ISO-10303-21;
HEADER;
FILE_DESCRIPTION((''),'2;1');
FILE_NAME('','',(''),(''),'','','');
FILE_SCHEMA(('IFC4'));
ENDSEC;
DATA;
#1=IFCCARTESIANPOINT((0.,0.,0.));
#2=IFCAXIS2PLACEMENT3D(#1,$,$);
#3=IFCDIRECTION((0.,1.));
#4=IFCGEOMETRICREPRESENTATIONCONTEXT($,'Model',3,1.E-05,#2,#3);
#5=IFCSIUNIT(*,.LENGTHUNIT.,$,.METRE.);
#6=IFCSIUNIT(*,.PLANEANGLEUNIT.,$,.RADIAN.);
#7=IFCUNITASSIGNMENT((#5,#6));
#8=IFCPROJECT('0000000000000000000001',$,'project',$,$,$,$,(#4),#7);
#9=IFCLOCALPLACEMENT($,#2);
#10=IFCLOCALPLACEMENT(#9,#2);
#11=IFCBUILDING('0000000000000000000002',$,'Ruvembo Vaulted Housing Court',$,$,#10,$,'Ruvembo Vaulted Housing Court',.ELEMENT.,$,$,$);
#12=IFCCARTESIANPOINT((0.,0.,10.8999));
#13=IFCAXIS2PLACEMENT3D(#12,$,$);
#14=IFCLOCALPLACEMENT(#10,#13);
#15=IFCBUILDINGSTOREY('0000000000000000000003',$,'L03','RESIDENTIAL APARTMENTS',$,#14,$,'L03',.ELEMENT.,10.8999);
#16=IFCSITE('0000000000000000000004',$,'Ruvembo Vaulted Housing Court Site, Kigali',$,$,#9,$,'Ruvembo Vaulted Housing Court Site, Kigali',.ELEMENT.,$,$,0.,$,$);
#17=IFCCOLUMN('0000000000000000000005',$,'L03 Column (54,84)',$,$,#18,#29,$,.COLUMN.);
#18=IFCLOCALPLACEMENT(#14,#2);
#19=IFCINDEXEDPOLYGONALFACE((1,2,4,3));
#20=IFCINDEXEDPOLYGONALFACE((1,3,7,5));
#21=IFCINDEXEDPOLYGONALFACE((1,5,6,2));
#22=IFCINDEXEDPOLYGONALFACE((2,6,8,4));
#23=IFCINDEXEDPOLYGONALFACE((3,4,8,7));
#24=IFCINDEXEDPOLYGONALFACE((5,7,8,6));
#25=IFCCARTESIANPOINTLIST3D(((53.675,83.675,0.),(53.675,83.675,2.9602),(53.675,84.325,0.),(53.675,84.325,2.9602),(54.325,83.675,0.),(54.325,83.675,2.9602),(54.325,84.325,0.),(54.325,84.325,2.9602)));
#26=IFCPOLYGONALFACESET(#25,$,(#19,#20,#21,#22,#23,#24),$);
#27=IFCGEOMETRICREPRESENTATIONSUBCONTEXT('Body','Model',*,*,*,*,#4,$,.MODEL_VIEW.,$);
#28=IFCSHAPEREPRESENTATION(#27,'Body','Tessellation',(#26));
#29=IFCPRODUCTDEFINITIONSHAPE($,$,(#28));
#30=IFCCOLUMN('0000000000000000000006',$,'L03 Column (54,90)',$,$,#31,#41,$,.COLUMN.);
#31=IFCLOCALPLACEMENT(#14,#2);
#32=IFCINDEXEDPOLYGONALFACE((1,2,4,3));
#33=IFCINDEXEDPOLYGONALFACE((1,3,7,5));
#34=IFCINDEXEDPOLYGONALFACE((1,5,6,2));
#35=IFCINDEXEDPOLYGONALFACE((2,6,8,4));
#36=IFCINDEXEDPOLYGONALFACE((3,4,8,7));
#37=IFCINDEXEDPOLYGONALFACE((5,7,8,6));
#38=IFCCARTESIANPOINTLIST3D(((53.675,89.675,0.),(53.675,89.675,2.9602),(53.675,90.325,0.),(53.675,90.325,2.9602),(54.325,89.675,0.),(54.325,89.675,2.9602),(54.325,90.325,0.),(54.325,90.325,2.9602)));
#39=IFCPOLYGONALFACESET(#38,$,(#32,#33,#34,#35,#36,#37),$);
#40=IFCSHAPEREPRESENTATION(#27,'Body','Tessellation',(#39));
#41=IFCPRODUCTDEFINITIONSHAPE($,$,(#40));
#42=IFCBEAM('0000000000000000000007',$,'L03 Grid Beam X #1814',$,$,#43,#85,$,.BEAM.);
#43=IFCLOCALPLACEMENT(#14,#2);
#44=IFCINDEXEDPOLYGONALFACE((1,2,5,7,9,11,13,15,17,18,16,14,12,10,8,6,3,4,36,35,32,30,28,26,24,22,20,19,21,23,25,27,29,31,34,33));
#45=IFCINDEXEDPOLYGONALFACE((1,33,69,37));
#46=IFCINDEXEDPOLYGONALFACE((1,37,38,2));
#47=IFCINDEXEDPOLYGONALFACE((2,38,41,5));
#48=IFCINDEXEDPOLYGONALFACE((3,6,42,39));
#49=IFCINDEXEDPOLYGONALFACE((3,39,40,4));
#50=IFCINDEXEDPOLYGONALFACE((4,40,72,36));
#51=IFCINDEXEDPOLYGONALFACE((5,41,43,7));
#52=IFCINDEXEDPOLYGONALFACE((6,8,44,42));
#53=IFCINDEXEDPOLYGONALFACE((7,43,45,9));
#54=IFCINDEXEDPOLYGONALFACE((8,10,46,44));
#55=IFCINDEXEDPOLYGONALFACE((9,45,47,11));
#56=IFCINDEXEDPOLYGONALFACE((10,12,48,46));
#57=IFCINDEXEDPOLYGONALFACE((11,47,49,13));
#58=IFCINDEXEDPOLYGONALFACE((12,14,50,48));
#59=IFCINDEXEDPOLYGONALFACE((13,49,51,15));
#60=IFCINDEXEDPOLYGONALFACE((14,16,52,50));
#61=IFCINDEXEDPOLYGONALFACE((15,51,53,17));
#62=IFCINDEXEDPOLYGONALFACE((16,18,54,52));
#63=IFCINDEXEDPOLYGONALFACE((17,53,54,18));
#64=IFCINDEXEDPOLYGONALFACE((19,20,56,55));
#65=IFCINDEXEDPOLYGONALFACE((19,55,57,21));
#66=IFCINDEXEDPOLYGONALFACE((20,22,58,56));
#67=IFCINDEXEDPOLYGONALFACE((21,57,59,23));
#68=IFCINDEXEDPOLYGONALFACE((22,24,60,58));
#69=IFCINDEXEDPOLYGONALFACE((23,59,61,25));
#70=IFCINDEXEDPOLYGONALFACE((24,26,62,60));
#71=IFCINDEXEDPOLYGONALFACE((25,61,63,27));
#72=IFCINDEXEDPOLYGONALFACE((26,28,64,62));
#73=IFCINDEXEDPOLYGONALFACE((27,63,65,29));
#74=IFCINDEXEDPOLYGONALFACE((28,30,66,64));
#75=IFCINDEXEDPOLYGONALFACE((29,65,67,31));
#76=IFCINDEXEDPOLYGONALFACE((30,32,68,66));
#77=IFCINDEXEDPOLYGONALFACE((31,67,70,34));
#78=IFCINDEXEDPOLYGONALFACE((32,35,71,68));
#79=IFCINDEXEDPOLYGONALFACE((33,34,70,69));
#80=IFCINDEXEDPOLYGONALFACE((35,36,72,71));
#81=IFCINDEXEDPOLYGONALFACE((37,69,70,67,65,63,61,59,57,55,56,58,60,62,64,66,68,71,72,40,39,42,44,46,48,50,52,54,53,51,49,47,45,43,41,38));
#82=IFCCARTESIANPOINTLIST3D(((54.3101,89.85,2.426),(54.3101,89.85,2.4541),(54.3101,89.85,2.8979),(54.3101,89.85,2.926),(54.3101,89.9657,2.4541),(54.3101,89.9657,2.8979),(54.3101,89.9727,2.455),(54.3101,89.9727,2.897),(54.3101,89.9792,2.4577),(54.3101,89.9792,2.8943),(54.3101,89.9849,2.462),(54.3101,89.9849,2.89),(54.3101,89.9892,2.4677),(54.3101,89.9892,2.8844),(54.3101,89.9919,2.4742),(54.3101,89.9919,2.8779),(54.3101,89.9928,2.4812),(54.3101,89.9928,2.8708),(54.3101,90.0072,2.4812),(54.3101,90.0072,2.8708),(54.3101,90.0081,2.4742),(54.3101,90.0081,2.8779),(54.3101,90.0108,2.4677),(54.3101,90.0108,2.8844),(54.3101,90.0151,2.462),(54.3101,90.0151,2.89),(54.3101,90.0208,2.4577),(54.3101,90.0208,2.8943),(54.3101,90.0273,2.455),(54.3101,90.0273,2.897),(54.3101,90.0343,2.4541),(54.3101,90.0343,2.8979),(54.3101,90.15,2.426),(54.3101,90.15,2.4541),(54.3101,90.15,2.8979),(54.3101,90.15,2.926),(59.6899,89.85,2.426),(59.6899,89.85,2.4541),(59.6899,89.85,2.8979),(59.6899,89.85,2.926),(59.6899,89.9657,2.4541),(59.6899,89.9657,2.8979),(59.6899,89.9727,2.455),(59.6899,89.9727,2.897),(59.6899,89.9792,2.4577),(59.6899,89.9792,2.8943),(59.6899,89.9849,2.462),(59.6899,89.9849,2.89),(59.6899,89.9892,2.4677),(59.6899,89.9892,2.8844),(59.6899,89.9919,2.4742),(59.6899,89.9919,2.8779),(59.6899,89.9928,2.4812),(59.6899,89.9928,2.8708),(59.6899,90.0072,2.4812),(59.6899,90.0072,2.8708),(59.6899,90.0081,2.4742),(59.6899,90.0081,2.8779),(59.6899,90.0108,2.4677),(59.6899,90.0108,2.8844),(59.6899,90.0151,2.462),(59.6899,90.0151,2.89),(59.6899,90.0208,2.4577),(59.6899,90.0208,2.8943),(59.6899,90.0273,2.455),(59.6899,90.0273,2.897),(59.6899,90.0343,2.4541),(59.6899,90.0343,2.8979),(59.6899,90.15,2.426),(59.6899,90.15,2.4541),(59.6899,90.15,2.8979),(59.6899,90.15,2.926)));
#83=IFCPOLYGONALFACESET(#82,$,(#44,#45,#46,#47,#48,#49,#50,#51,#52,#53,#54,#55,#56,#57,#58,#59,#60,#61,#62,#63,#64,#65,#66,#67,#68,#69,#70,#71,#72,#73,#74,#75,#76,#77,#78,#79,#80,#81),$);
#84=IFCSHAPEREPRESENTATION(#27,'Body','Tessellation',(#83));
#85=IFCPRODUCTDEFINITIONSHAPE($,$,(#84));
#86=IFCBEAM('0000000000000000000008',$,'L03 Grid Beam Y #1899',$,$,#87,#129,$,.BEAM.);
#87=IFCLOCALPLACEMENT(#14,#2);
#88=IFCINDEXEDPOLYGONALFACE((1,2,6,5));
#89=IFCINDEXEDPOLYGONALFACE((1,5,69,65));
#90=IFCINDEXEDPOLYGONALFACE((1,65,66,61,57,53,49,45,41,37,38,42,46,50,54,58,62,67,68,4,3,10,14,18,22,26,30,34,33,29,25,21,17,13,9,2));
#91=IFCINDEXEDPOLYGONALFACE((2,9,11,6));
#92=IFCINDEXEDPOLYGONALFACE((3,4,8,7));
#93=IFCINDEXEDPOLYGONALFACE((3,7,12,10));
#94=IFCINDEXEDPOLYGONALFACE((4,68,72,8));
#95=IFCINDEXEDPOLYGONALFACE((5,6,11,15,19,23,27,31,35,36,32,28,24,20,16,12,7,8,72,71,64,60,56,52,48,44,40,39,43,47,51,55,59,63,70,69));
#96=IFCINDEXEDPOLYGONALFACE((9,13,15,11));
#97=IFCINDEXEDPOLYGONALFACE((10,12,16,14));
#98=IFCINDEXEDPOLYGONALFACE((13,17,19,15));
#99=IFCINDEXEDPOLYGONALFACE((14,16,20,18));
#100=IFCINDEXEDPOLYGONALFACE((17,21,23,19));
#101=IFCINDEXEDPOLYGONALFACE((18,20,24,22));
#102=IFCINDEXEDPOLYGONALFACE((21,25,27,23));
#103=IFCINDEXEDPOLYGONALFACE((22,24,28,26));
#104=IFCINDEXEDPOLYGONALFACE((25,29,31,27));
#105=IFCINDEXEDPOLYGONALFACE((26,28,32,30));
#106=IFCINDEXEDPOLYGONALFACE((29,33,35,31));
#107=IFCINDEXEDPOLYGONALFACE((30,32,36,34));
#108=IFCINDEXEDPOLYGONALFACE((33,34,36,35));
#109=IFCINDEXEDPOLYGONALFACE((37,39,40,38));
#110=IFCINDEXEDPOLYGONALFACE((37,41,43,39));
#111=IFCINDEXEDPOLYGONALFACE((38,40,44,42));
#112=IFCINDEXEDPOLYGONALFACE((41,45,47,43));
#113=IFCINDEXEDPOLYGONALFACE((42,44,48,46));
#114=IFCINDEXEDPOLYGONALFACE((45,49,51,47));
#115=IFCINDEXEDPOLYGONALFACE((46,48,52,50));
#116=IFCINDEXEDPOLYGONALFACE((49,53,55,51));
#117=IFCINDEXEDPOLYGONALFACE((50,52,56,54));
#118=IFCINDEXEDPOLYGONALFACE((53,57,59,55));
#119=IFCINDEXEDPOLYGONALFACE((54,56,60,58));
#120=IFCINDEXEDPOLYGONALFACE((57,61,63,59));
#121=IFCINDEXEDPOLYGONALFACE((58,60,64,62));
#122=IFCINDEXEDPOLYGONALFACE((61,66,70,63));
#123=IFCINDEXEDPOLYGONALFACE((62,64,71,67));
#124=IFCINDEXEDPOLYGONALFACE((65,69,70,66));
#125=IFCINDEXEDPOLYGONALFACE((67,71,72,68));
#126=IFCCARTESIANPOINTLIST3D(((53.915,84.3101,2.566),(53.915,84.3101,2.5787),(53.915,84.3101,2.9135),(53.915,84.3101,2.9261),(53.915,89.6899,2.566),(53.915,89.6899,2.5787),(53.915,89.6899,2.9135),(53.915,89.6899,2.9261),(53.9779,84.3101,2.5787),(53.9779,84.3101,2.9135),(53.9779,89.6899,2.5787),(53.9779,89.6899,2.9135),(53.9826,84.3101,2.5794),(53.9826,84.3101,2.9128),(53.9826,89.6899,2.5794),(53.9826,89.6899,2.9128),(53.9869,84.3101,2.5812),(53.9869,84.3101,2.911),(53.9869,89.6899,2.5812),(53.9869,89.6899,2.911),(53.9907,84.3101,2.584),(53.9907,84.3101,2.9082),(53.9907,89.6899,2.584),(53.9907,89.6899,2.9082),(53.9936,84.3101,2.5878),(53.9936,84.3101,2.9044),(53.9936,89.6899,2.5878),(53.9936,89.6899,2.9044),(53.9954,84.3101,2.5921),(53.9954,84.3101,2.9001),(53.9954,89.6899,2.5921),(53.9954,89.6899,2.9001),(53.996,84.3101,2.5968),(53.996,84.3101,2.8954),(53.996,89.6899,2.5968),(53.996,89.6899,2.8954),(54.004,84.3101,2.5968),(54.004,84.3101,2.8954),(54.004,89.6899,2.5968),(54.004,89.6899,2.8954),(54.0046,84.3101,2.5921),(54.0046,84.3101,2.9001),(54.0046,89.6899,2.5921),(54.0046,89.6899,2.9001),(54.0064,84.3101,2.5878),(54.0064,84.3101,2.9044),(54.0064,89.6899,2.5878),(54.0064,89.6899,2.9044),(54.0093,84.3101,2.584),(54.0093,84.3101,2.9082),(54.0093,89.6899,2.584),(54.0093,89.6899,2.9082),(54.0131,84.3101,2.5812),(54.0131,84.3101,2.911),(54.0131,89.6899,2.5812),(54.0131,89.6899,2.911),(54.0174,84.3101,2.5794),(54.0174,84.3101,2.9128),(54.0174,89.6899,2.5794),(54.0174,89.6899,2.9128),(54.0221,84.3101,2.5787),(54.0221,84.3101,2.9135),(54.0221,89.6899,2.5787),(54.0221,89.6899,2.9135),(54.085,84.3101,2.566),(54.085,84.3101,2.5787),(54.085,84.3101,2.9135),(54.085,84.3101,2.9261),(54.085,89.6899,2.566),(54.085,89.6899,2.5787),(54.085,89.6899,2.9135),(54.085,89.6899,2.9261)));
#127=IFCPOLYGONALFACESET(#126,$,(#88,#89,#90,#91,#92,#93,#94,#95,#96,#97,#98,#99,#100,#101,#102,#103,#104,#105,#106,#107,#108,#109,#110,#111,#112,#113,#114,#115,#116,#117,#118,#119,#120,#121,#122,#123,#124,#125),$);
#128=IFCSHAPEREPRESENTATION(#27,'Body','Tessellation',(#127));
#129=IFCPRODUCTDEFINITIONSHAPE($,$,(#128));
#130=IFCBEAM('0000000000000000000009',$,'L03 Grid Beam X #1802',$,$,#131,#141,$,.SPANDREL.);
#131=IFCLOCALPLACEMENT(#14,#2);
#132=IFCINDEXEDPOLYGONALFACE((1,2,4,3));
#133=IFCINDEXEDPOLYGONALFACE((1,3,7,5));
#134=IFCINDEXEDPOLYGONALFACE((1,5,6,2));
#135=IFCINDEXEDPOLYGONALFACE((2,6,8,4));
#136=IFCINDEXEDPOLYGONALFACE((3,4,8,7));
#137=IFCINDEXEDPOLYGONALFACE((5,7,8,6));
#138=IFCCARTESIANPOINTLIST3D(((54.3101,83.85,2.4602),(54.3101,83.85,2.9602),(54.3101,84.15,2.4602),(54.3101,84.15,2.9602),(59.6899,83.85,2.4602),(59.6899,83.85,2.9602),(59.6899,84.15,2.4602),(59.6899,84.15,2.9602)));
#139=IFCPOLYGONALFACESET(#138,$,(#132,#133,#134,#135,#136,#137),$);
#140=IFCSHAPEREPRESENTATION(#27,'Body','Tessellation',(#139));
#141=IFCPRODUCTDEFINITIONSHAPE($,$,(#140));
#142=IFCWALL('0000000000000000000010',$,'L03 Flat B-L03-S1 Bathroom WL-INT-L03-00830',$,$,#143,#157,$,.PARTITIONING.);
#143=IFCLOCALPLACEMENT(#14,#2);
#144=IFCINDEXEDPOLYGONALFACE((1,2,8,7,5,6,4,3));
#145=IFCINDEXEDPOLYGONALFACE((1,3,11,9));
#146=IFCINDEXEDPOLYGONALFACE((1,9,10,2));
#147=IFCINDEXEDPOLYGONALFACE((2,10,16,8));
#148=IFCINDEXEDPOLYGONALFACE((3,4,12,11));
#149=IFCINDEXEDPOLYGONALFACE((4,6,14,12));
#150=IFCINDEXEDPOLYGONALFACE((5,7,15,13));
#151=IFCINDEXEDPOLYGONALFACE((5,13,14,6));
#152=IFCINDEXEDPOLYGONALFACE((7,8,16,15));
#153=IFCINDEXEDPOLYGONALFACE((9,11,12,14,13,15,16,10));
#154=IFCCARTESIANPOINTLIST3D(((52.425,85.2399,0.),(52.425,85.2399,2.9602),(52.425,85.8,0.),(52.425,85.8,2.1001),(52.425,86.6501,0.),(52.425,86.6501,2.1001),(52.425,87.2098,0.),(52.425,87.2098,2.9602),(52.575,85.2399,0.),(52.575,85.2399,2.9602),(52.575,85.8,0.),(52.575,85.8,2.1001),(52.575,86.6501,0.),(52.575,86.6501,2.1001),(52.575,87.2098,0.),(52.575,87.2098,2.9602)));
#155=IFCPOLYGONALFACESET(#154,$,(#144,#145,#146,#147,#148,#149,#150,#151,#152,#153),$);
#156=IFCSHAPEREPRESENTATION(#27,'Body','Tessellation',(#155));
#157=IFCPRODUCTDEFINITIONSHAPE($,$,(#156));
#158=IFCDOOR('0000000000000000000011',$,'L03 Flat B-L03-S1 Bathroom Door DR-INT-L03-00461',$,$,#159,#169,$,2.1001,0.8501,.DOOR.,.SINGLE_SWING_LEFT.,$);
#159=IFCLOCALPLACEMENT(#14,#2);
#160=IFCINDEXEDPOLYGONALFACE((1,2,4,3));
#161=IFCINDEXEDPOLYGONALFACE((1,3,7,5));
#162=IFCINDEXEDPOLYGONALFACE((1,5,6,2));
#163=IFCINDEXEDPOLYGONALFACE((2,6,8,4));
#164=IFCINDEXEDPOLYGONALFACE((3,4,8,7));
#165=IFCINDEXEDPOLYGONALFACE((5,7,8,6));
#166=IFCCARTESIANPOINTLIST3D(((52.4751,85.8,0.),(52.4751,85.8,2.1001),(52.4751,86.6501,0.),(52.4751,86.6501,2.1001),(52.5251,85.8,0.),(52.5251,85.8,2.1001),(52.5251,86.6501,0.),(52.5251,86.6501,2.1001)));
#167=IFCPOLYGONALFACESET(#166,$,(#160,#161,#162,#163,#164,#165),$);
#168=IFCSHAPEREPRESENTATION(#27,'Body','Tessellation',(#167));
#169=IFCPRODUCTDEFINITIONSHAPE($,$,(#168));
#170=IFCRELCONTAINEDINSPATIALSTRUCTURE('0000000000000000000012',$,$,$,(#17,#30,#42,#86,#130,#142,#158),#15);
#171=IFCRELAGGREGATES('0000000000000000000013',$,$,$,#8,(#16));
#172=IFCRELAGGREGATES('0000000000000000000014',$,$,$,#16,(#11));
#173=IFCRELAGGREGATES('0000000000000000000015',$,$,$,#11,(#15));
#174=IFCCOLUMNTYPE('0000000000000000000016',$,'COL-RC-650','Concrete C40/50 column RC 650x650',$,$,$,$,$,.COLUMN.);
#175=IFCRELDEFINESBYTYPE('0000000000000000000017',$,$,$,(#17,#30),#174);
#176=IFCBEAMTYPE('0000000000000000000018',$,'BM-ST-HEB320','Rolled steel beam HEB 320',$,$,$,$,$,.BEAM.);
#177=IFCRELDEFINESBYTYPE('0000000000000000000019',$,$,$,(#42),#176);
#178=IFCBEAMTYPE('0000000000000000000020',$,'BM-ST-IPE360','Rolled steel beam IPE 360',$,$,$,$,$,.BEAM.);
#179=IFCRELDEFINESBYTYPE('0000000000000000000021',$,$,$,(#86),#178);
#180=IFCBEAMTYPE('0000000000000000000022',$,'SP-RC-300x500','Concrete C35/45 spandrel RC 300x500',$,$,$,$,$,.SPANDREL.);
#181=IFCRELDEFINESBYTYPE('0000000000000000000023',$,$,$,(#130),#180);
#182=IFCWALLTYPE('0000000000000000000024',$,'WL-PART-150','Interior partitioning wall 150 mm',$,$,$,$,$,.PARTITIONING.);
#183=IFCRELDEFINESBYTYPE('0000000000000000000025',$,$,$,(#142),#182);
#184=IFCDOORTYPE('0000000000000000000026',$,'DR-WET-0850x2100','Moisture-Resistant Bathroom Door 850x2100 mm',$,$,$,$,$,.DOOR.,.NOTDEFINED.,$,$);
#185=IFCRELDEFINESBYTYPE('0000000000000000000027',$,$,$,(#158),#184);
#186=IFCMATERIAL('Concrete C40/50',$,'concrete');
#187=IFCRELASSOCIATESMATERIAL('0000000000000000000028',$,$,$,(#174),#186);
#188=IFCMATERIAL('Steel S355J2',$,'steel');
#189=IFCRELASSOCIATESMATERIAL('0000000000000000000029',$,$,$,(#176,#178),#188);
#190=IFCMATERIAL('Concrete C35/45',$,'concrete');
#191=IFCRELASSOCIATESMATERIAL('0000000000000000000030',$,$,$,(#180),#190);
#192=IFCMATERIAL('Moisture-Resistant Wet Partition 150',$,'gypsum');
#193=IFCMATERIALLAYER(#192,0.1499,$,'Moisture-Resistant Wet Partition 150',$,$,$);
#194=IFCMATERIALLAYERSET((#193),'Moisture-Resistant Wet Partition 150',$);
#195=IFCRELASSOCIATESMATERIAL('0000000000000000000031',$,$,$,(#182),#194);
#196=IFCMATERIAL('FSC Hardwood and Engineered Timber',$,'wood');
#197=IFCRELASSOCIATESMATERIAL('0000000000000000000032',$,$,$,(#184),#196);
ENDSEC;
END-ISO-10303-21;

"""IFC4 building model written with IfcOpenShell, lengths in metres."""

from ifc_helpers import new_model, si_unit, direction, frame, frame_2d, origin, origin_2d, place, context, subcontext, project, spatial, rectangle, i_section, extrude, material, layer, layer_set, material_profile, profile_set, type_object, element, fill, save


model = new_model("IFC4")

# Units and contexts
model_context = context("Model", 3, precision=1e-05, world=origin(), true_north=direction((0.0, 1.0)))
body_context = subcontext(model_context, "Body", "Model", "MODEL_VIEW")
ifc_project = project(units=[si_unit("LENGTHUNIT", "METRE"), si_unit("PLANEANGLEUNIT", "RADIAN")], contexts=[model_context])

# Site, building, storey
site_placement = place(None, origin())
site = spatial("IfcSite", under=ifc_project, at=site_placement, Name="Ruvembo Vaulted Housing Court Site, Kigali", LongName="Ruvembo Vaulted Housing Court Site, Kigali", CompositionType="ELEMENT", RefElevation=0.0)
building_placement = place(site_placement, origin())
building = spatial("IfcBuilding", under=site, at=building_placement, Name="Ruvembo Vaulted Housing Court", LongName="Ruvembo Vaulted Housing Court", CompositionType="ELEMENT")
storey_placement = place(building_placement, frame((0.0, 0.0, 10.8999)))
storey = spatial("IfcBuildingStorey", under=building, at=storey_placement, Name="L03", Description="RESIDENTIAL APARTMENTS", LongName="L03", CompositionType="ELEMENT", Elevation=10.8999)

# Columns
ifc_material_1 = material(Name="Concrete C40/50", Category="concrete")
ifc_material_profile_1 = material_profile(ifc_material_1, rectangle(XDim=0.6499, YDim=0.6499, at=origin_2d()), Name="RC 650x650")
ifc_profile_set_1 = profile_set([ifc_material_profile_1], Name="Concrete C40/50")
column_type = type_object("IfcColumnType", Name="COL-RC-650", Description="Concrete C40/50 column RC 650x650", PredefinedType="COLUMN", material=ifc_profile_set_1)
for number, where, z_axis, x_axis, name in (
    (1, (54.0, 84.0, 0.0), (0.0, 0.0, 1.0), (1.0, 0.0, 0.0), "L03 Column (54,84)"),
    (2, (54.0, 90.0, 0.0), (0.0, 0.0, 1.0), (1.0, 0.0, 0.0), "L03 Column (54,90)"),
):
    element("IfcColumn", number, at=place(storey_placement, frame(where, z_axis=z_axis, x_axis=x_axis)), inside=storey, type_object=column_type, Name=name, PredefinedType="COLUMN", context=body_context, shape_type="SweptSolid", body=[
        extrude(rectangle(XDim=0.6499, YDim=0.6499, at=origin_2d()), origin(), (0.0, 0.0, 1.0), 2.9602),
    ])

# Beams
ifc_material_2 = material(Name="Steel S355J2", Category="steel")
ifc_material_profile_2 = material_profile(ifc_material_2, i_section(OverallWidth=0.3, OverallDepth=0.5, WebThickness=0.0144, FlangeThickness=0.0281, FilletRadius=0.0271, at=origin_2d()), Name="HEB 320")
ifc_profile_set_2 = profile_set([ifc_material_profile_2], Name="Steel S355J2")
beam_type_1 = type_object("IfcBeamType", Name="BM-ST-HEB320", Description="Rolled steel beam HEB 320", PredefinedType="BEAM", material=ifc_profile_set_2)
beam_1_placement = place(storey_placement, frame((54.3101, 90.0, 2.676), z_axis=(1.0, 0.0, 0.0), x_axis=(0.0, 1.0, 0.0)))
element("IfcBeam", 3, at=beam_1_placement, inside=storey, type_object=beam_type_1, Name="L03 Grid Beam X #1814", PredefinedType="BEAM", context=body_context, shape_type="SweptSolid", body=[
    extrude(i_section(OverallWidth=0.3, OverallDepth=0.5, WebThickness=0.0144, FlangeThickness=0.0281, FilletRadius=0.0271, at=origin_2d()), origin(), (0.0, 0.0, 1.0), 5.3799),
])
ifc_material_profile_3 = material_profile(ifc_material_2, i_section(OverallWidth=0.1699, OverallDepth=0.3601, WebThickness=0.0081, FlangeThickness=0.0127, FilletRadius=0.0181, at=origin_2d()), Name="IPE 360")
ifc_profile_set_3 = profile_set([ifc_material_profile_3], Name="Steel S355J2")
beam_type_2 = type_object("IfcBeamType", Name="BM-ST-IPE360", Description="Rolled steel beam IPE 360", PredefinedType="BEAM", material=ifc_profile_set_3)
beam_2_placement = place(storey_placement, frame((54.0, 84.3101, 2.7461), z_axis=(0.0, 1.0, 0.0), x_axis=(-1.0, 0.0, 0.0)))
element("IfcBeam", 4, at=beam_2_placement, inside=storey, type_object=beam_type_2, Name="L03 Grid Beam Y #1899", PredefinedType="BEAM", context=body_context, shape_type="SweptSolid", body=[
    extrude(i_section(OverallWidth=0.1699, OverallDepth=0.3601, WebThickness=0.0081, FlangeThickness=0.0127, FilletRadius=0.0181, at=origin_2d()), origin(), (0.0, 0.0, 1.0), 5.3799),
])
ifc_material_3 = material(Name="Concrete C35/45", Category="concrete")
ifc_material_profile_4 = material_profile(ifc_material_3, rectangle(XDim=0.3, YDim=0.5, at=origin_2d()), Name="RC 300x500")
ifc_profile_set_4 = profile_set([ifc_material_profile_4], Name="Concrete C35/45")
beam_type_3 = type_object("IfcBeamType", Name="SP-RC-300x500", Description="Concrete C35/45 spandrel RC 300x500", PredefinedType="SPANDREL", material=ifc_profile_set_4)
beam_3_placement = place(storey_placement, frame((54.3101, 84.0, 2.7102), z_axis=(1.0, 0.0, 0.0), x_axis=(0.0, 1.0, 0.0)))
element("IfcBeam", 5, at=beam_3_placement, inside=storey, type_object=beam_type_3, Name="L03 Grid Beam X #1802", PredefinedType="SPANDREL", context=body_context, shape_type="SweptSolid", body=[
    extrude(rectangle(XDim=0.3, YDim=0.5, at=origin_2d()), origin(), (0.0, 0.0, 1.0), 5.3799),
])

# Wall, opening, door
ifc_material_4 = material(Name="FSC Hardwood and Engineered Timber", Category="wood")
ifc_material_5 = material(Name="Moisture-Resistant Wet Partition 150", Category="gypsum")
ifc_layer_1 = layer(ifc_material_5, 0.1499, Name="Moisture-Resistant Wet Partition 150")
ifc_layer_set_1 = layer_set([ifc_layer_1], Name="Moisture-Resistant Wet Partition 150")
wall_type_1 = type_object("IfcWallType", Name="WL-PART-150", Description="Interior partitioning wall 150 mm", PredefinedType="PARTITIONING", material=ifc_layer_set_1)
wall_1_placement = place(storey_placement, frame((52.5, 85.24, 0.0), z_axis=(0.0, 0.0, 1.0), x_axis=(0.0, 1.0, 0.0)))
wall_1 = element("IfcWall", 6, at=wall_1_placement, inside=storey, type_object=wall_type_1, Name="L03 Flat B-L03-S1 Bathroom WL-INT-L03-00830", PredefinedType="PARTITIONING", context=body_context, shape_type="SweptSolid", body=[
    extrude(rectangle(XDim=1.97, YDim=0.1499, at=frame_2d((0.9849, 0.0))), origin(), (0.0, 0.0, 1.0), 2.9602),
])
opening_1_placement = place(wall_1_placement, frame((0.5601, 0.0, 0.0)))
opening_1 = element("IfcOpeningElement", 7, at=opening_1_placement, cuts=wall_1, PredefinedType="OPENING", context=body_context, shape_type="SweptSolid", body=[
    extrude(rectangle(XDim=0.8501, YDim=2.1001, at=frame_2d((0.425, 1.05))), frame((0.0, 0.085, 0.0), z_axis=(0.0, -1.0, 0.0), x_axis=(1.0, 0.0, 0.0)), (0.0, 0.0, 1.0), 0.1699),
])
door_type_1 = type_object("IfcDoorType", Name="DR-WET-0850x2100", Description="Moisture-Resistant Bathroom Door 850x2100 mm", OperationType="NOTDEFINED", PredefinedType="DOOR", material=ifc_material_4)
door_1_placement = place(opening_1_placement, origin())
door_1 = element("IfcDoor", 8, at=door_1_placement, inside=storey, type_object=door_type_1, Name="L03 Flat B-L03-S1 Bathroom Door DR-INT-L03-00461", OperationType="SINGLE_SWING_LEFT", OverallHeight=2.1001, OverallWidth=0.8501, PredefinedType="DOOR", context=body_context, shape_type="SweptSolid", body=[
    extrude(rectangle(XDim=0.8501, YDim=2.1001, at=frame_2d((0.425, 1.05))), frame((0.0, 0.0249, 0.0), z_axis=(0.0, -1.0, 0.0), x_axis=(1.0, 0.0, 0.0)), (0.0, 0.0, 1.0), 0.05),
])
fill(opening_1, door_1)

save(model, "model.ifc")
